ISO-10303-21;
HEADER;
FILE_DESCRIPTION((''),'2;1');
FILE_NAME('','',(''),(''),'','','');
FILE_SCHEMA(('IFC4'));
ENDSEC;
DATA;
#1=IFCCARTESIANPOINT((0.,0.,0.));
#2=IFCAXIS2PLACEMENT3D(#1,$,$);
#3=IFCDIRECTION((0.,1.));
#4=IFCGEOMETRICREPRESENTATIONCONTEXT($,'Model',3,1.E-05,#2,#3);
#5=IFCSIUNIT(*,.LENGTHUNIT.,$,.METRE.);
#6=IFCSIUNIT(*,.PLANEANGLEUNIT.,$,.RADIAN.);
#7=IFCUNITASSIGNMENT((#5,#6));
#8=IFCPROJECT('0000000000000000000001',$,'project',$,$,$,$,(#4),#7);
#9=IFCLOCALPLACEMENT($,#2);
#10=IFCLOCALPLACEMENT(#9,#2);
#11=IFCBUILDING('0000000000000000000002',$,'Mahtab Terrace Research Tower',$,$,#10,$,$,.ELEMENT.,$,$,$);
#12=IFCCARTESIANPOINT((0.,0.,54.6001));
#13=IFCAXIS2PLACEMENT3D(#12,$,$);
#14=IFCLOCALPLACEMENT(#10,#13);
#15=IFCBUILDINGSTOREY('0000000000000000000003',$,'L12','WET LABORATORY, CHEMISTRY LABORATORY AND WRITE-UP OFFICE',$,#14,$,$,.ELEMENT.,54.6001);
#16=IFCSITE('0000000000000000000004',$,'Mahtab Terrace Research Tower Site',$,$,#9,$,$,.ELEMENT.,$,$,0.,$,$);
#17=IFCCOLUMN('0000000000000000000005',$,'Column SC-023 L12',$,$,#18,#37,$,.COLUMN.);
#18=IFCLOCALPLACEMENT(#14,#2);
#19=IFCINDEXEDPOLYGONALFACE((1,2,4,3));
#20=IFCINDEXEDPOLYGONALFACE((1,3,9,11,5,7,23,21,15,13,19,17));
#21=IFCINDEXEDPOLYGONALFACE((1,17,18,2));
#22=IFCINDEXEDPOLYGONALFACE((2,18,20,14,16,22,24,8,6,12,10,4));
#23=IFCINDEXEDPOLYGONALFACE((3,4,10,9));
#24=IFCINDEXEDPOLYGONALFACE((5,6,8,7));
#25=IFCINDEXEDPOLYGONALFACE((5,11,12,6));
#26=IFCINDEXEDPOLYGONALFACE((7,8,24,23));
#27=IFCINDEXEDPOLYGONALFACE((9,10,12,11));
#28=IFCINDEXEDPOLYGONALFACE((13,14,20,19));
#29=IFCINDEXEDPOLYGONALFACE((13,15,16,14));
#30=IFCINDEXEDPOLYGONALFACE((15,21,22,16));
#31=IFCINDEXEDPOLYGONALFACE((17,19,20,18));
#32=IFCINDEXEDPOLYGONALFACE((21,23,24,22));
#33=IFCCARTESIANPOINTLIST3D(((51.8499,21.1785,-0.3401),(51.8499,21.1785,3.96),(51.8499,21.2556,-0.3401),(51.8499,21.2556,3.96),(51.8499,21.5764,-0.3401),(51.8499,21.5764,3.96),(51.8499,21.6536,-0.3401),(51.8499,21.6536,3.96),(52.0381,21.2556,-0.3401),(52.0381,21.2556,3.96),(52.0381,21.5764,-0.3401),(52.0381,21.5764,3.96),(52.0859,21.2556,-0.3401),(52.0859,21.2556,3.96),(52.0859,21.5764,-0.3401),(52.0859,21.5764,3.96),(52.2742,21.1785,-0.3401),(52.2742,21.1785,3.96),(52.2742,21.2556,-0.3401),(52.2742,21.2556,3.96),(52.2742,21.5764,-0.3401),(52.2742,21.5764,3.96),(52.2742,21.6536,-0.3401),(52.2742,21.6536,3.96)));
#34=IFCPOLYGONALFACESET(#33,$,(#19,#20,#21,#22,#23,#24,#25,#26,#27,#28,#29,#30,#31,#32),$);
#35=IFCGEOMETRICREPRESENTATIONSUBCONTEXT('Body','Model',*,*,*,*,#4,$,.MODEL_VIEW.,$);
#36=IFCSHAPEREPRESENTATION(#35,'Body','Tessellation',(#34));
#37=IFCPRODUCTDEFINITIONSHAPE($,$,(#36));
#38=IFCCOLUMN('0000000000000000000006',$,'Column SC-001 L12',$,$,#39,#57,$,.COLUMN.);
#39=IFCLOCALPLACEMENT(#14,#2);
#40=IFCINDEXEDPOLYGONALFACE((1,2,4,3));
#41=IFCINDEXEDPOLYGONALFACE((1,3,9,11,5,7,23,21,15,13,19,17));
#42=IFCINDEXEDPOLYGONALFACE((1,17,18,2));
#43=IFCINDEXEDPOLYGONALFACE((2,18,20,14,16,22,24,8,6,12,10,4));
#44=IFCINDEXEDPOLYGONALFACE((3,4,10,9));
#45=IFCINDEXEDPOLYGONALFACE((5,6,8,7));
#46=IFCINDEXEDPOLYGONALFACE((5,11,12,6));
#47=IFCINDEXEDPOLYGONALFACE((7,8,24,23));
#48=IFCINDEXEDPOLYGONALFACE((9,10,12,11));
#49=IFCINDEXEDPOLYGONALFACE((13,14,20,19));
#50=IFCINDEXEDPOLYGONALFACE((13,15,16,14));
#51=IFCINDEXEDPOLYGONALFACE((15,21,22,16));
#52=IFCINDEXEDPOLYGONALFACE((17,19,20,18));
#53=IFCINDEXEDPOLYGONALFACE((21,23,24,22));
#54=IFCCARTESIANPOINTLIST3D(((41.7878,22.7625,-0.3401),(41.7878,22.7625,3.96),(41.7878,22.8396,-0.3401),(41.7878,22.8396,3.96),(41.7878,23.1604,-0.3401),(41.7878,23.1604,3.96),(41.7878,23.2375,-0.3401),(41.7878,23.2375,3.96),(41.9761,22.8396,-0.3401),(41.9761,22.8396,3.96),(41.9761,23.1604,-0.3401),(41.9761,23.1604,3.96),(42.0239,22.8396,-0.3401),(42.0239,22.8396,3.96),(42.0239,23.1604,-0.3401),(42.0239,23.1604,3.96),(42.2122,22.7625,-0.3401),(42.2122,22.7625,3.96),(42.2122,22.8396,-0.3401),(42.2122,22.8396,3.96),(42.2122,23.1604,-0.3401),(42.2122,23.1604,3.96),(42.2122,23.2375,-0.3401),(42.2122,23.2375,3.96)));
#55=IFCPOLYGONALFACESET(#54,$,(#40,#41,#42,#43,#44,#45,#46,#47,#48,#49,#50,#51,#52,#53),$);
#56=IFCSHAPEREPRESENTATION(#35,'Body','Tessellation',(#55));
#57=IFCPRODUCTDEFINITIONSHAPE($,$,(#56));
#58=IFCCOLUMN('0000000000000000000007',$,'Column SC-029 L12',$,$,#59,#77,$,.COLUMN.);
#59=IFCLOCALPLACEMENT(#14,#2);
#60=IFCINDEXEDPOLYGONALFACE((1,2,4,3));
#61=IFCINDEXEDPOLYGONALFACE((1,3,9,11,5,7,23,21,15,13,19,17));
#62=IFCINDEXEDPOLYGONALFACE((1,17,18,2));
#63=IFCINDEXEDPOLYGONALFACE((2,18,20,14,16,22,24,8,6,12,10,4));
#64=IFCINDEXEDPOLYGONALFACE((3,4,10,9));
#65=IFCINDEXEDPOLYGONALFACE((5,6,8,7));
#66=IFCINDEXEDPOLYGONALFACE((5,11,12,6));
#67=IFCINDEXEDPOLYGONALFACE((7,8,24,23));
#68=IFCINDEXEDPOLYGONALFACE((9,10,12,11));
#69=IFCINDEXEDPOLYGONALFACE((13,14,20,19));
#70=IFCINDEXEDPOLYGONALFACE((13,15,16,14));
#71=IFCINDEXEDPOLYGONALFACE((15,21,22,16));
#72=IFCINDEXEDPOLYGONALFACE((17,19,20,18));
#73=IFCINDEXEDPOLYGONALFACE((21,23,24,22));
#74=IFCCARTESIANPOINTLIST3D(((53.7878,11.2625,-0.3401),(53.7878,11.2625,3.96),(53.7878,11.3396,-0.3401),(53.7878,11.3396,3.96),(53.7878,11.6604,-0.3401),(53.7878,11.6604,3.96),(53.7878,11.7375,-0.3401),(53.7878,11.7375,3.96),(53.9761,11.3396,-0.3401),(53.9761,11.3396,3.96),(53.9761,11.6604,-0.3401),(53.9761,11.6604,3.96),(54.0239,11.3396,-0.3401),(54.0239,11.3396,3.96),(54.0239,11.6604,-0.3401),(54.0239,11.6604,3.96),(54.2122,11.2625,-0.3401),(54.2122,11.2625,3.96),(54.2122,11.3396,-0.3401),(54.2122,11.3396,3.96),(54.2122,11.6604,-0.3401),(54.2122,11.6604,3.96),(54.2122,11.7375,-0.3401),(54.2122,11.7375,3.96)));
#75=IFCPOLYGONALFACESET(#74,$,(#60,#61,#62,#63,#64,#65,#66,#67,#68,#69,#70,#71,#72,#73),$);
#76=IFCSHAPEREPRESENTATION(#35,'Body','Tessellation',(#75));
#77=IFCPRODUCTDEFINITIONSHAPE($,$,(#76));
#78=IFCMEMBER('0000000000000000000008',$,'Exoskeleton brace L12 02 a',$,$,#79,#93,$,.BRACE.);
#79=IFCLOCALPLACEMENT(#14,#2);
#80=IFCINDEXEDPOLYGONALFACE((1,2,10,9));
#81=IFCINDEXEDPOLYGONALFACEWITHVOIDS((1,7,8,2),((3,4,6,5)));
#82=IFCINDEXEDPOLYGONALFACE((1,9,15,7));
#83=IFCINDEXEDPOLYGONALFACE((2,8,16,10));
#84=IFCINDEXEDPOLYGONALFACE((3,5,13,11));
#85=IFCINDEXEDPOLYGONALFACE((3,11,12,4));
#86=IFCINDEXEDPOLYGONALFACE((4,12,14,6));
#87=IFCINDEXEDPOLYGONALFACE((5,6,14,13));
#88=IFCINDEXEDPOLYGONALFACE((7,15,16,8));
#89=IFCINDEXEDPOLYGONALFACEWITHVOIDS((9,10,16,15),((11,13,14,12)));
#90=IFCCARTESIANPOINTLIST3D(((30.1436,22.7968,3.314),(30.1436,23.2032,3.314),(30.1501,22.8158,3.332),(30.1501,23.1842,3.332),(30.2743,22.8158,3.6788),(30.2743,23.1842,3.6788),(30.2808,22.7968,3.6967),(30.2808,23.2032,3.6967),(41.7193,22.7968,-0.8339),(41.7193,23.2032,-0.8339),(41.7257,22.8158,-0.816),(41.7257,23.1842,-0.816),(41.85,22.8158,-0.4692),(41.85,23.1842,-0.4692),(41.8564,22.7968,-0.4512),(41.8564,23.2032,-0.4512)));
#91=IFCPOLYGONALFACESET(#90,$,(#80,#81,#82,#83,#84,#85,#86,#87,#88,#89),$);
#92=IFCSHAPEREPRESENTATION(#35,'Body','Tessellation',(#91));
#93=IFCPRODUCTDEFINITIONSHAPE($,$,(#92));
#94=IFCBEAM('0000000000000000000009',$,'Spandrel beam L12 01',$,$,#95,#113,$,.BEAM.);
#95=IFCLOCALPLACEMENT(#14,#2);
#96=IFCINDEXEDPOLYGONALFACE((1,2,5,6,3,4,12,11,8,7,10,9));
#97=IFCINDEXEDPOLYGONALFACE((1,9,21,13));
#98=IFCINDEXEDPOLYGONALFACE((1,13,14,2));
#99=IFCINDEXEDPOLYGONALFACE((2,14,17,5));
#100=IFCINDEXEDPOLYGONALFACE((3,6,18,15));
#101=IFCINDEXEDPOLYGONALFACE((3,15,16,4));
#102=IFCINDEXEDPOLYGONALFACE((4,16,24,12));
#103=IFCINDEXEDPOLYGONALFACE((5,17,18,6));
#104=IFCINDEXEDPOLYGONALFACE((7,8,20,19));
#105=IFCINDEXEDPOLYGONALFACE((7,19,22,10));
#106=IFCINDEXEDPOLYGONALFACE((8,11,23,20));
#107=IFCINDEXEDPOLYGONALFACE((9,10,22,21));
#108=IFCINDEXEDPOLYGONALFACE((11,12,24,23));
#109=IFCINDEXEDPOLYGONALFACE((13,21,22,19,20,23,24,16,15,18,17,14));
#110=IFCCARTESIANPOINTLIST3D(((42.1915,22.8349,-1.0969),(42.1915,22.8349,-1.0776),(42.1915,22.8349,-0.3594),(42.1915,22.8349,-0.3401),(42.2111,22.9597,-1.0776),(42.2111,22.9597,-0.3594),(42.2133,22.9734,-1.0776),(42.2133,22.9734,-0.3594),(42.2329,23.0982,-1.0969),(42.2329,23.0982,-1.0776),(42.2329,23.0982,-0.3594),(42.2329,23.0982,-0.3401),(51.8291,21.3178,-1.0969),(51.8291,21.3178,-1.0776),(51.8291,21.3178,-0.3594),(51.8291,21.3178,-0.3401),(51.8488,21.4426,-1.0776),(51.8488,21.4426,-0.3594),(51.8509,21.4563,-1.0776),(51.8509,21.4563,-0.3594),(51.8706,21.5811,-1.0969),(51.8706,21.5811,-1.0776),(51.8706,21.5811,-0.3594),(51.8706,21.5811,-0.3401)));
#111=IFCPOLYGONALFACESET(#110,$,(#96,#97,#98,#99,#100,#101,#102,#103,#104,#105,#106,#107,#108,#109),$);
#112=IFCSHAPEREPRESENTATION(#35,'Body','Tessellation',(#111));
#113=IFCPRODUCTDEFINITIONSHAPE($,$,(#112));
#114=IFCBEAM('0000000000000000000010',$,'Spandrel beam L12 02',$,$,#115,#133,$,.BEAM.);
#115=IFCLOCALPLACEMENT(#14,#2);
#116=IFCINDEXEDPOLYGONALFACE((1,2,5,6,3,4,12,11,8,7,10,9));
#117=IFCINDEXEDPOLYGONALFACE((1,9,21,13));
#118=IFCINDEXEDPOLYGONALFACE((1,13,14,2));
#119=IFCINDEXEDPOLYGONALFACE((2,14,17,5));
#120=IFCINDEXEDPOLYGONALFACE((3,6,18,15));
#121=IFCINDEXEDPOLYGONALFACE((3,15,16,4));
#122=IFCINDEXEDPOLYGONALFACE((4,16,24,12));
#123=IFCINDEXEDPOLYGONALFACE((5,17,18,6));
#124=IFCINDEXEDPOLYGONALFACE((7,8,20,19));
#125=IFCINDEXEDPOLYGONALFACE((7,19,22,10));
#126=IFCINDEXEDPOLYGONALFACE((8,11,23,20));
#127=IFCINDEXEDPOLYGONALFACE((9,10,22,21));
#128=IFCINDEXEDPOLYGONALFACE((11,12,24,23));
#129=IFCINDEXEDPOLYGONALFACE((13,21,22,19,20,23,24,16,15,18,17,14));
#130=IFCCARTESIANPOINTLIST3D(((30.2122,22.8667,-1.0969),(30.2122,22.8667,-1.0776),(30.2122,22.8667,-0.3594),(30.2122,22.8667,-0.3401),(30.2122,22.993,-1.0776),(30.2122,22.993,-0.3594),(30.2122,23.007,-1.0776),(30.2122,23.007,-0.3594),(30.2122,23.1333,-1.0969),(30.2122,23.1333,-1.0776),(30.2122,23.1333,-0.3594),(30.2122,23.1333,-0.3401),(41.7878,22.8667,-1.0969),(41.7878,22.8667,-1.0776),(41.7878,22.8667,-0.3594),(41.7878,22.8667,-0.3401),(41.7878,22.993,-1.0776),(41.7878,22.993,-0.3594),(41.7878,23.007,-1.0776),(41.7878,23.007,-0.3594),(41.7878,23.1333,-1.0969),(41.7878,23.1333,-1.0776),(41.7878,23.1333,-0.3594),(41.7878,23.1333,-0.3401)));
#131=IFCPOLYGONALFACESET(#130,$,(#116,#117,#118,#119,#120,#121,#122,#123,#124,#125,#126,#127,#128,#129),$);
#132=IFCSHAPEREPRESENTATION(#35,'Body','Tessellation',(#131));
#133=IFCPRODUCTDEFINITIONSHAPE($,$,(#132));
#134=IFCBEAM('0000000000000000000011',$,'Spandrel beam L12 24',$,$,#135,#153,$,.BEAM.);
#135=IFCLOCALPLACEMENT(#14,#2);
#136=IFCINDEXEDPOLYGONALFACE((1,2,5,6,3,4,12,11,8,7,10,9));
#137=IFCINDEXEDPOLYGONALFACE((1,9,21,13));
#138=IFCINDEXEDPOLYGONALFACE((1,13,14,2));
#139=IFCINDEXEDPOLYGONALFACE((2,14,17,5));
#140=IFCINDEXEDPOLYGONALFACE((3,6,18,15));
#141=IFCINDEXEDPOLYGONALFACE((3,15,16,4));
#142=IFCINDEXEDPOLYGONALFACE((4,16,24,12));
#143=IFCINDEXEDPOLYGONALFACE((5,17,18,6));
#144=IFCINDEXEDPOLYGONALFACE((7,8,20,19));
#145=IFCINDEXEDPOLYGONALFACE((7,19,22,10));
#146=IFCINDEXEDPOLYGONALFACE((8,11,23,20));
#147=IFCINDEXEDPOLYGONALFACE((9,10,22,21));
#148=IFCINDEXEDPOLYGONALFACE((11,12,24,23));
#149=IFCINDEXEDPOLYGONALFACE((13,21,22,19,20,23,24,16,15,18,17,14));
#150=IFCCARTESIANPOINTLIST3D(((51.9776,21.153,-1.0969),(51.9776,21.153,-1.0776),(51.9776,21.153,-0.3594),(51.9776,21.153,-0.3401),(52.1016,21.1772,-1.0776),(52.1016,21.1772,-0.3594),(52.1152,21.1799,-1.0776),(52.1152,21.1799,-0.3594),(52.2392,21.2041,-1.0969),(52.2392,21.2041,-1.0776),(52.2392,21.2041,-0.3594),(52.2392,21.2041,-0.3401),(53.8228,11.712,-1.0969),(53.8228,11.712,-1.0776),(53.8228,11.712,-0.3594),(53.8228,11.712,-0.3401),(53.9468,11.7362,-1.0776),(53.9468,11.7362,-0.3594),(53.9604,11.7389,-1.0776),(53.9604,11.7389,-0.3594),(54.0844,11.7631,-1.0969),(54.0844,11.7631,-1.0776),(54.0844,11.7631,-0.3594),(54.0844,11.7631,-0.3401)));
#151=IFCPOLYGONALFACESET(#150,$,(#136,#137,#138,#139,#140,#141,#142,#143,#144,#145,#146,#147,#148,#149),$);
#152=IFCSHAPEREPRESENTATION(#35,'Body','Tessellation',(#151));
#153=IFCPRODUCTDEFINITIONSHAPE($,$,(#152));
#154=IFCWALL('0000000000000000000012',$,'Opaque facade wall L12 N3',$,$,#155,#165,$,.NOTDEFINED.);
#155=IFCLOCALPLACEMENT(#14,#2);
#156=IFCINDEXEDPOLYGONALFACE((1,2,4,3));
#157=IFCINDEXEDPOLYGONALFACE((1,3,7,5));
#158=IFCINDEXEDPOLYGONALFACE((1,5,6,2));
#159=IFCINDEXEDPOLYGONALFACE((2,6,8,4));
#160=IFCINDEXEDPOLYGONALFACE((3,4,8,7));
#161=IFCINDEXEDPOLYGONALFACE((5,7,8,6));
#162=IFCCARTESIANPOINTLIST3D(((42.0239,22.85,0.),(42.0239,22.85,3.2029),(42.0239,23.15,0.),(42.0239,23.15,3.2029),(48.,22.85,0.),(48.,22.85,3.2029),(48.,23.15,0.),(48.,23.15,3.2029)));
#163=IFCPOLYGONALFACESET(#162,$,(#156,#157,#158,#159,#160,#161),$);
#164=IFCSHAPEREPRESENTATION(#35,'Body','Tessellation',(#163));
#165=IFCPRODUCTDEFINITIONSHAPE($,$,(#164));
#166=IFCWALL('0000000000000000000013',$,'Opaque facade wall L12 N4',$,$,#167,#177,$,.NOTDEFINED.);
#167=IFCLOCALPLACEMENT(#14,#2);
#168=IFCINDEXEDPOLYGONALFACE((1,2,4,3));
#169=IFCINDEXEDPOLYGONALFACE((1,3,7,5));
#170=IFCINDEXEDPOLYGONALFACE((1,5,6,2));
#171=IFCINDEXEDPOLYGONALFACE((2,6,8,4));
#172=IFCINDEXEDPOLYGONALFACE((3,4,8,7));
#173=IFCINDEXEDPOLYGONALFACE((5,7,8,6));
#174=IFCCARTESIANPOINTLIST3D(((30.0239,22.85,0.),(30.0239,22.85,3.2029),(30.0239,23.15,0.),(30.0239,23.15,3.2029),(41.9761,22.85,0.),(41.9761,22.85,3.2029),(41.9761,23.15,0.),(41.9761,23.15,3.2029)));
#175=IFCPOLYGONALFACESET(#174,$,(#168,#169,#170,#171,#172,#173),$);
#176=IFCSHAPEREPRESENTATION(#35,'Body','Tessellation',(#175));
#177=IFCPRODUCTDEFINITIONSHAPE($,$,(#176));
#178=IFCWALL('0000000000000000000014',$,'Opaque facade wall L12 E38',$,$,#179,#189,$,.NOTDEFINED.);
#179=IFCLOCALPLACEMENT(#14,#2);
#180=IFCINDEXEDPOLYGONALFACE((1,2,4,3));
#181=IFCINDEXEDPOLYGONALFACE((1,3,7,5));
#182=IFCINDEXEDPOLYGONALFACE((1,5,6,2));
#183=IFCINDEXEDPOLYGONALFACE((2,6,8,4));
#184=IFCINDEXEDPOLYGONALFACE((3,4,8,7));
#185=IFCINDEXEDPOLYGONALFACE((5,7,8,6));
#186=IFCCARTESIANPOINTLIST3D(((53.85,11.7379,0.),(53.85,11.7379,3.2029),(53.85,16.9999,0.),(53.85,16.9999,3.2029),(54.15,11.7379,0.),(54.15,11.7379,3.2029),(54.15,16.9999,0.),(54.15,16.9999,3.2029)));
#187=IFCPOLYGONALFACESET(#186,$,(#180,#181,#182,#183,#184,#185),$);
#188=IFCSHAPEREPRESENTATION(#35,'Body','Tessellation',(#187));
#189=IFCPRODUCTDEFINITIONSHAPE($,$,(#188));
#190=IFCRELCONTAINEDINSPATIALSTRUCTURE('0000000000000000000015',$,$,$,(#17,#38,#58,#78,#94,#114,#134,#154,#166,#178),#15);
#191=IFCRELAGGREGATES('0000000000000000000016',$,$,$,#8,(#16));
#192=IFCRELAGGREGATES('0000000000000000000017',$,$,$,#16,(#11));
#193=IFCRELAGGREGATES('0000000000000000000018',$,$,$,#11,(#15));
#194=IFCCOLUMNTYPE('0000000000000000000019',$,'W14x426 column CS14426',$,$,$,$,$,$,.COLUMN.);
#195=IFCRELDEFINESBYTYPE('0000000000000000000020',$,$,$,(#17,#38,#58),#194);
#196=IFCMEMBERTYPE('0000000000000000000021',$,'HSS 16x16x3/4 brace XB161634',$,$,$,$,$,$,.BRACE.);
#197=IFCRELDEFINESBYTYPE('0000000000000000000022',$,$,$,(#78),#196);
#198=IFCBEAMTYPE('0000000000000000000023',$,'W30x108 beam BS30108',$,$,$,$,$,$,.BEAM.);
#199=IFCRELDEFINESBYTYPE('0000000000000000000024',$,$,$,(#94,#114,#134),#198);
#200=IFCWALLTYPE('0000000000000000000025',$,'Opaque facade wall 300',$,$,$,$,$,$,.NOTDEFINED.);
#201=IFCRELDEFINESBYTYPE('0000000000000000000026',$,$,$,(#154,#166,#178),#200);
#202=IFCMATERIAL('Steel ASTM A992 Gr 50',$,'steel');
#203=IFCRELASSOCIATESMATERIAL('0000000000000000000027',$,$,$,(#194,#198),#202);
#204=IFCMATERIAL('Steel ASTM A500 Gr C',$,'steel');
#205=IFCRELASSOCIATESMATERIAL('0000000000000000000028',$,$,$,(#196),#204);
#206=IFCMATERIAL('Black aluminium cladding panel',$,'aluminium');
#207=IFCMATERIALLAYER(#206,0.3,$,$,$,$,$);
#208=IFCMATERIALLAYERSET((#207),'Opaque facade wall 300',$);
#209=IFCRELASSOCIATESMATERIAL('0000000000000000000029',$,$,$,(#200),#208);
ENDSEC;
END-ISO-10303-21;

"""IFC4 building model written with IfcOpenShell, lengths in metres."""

from ifc_helpers import new_model, si_unit, direction, frame, frame_2d, origin, origin_2d, place, context, subcontext, project, spatial, rectangle, hollow_rectangle, i_section, extrude, material, layer, layer_set, material_profile, profile_set, type_object, element, save


model = new_model("IFC4")

# Units and contexts
model_context = context("Model", 3, precision=1e-05, world=origin(), true_north=direction((0.0, 1.0)))
body_context = subcontext(model_context, "Body", "Model", "MODEL_VIEW")
ifc_project = project(units=[si_unit("LENGTHUNIT", "METRE"), si_unit("PLANEANGLEUNIT", "RADIAN")], contexts=[model_context])

# Site, building, storey
site_placement = place(None, origin())
site = spatial("IfcSite", under=ifc_project, at=site_placement, Name="Mahtab Terrace Research Tower Site", CompositionType="ELEMENT", RefElevation=0.0)
building_placement = place(site_placement, origin())
building = spatial("IfcBuilding", under=site, at=building_placement, Name="Mahtab Terrace Research Tower", CompositionType="ELEMENT")
storey_placement = place(building_placement, frame((0.0, 0.0, 54.6001)))
storey = spatial("IfcBuildingStorey", under=building, at=storey_placement, Name="L12", Description="WET LABORATORY, CHEMISTRY LABORATORY AND WRITE-UP OFFICE", CompositionType="ELEMENT", Elevation=54.6001)

# Columns
ifc_material_1 = material(Name="Steel ASTM A992 Gr 50", Category="steel")
ifc_material_profile_1 = material_profile(ifc_material_1, i_section(OverallWidth=0.4243, OverallDepth=0.4751, WebThickness=0.0479, FlangeThickness=0.0771, at=origin_2d()), Name="W14X426")
ifc_profile_set_1 = profile_set([ifc_material_profile_1], Name="Steel ASTM A992 Gr 50")
column_type = type_object("IfcColumnType", Name="W14x426 column CS14426", PredefinedType="COLUMN", material=ifc_profile_set_1)
for number, where, z_axis, x_axis, name in (
    (1, (52.062, 21.416, -0.3401), (0.0, 0.0, 1.0), (1.0, 0.0, 0.0), "Column SC-023 L12"),
    (2, (42.0, 23.0, -0.3401), (0.0, 0.0, 1.0), (1.0, 0.0, 0.0), "Column SC-001 L12"),
    (3, (54.0, 11.5, -0.3401), (0.0, 0.0, 1.0), (1.0, 0.0, 0.0), "Column SC-029 L12"),
):
    element("IfcColumn", number, at=place(storey_placement, frame(where, z_axis=z_axis, x_axis=x_axis)), inside=storey, type_object=column_type, Name=name, PredefinedType="COLUMN", context=body_context, shape_type="SweptSolid", body=[
        extrude(i_section(OverallWidth=0.4243, OverallDepth=0.4751, WebThickness=0.0479, FlangeThickness=0.0771, at=origin_2d()), origin(), (0.0, 0.0, 1.0), 4.3),
    ])

# Member
ifc_material_2 = material(Name="Steel ASTM A500 Gr C", Category="steel")
ifc_material_profile_2 = material_profile(ifc_material_2, hollow_rectangle(XDim=0.4065, YDim=0.4065, WallThickness=0.019, at=origin_2d()), Name="HSS16X16X3/4")
ifc_profile_set_2 = profile_set([ifc_material_profile_2], Name="Steel ASTM A500 Gr C")
member_type = type_object("IfcMemberType", Name="HSS 16x16x3/4 brace XB161634", PredefinedType="BRACE", material=ifc_profile_set_2)
member_placement = place(storey_placement, frame((41.7878, 23.0, -0.6426), z_axis=(-0.941387, 0.0, 0.33733), x_axis=(0.0, -1.0, 0.0)))
element("IfcMember", 4, at=member_placement, inside=storey, type_object=member_type, Name="Exoskeleton brace L12 02 a", PredefinedType="BRACE", context=body_context, shape_type="SweptSolid", body=[
    extrude(hollow_rectangle(XDim=0.4065, YDim=0.4065, WallThickness=0.019, at=origin_2d()), origin(), (0.0, 0.0, 1.0), 12.2964),
])

# Beams
ifc_material_profile_3 = material_profile(ifc_material_1, i_section(OverallWidth=0.2666, OverallDepth=0.7568, WebThickness=0.0139, FlangeThickness=0.0193, at=origin_2d()), Name="W30X108")
ifc_profile_set_3 = profile_set([ifc_material_profile_3], Name="Steel ASTM A992 Gr 50")
beam_type = type_object("IfcBeamType", Name="W30x108 beam BS30108", PredefinedType="BEAM", material=ifc_profile_set_3)
beam_1_placement = place(storey_placement, frame((51.8499, 21.4495, -0.7185), z_axis=(-0.987836, 0.155497, 0.0), x_axis=(-0.155497, -0.987836, 0.0)))
element("IfcBeam", 5, at=beam_1_placement, inside=storey, type_object=beam_type, Name="Spandrel beam L12 01", PredefinedType="BEAM", context=body_context, shape_type="SweptSolid", body=[
    extrude(i_section(OverallWidth=0.2666, OverallDepth=0.7568, WebThickness=0.0139, FlangeThickness=0.0193, at=origin_2d()), origin(), (0.0, 0.0, 1.0), 9.7563),
])
beam_2_placement = place(storey_placement, frame((41.7878, 23.0, -0.7185), z_axis=(-1.0, 0.0, 0.0), x_axis=(0.0, -1.0, 0.0)))
element("IfcBeam", 6, at=beam_2_placement, inside=storey, type_object=beam_type, Name="Spandrel beam L12 02", PredefinedType="BEAM", context=body_context, shape_type="SweptSolid", body=[
    extrude(i_section(OverallWidth=0.2666, OverallDepth=0.7568, WebThickness=0.0139, FlangeThickness=0.0193, at=origin_2d()), origin(), (0.0, 0.0, 1.0), 11.5757),
])
beam_3_placement = place(storey_placement, frame((53.9536, 11.7375, -0.7185), z_axis=(-0.191819, 0.98143, 0.0), x_axis=(-0.98143, -0.191819, 0.0)))
element("IfcBeam", 7, at=beam_3_placement, inside=storey, type_object=beam_type, Name="Spandrel beam L12 24", PredefinedType="BEAM", context=body_context, shape_type="SweptSolid", body=[
    extrude(i_section(OverallWidth=0.2666, OverallDepth=0.7568, WebThickness=0.0139, FlangeThickness=0.0193, at=origin_2d()), origin(), (0.0, 0.0, 1.0), 9.6196),
])

# Walls
ifc_material_3 = material(Name="Black aluminium cladding panel", Category="aluminium")
ifc_layer_1 = layer(ifc_material_3, 0.3)
ifc_layer_set_1 = layer_set([ifc_layer_1], Name="Opaque facade wall 300")
wall_type_1 = type_object("IfcWallType", Name="Opaque facade wall 300", PredefinedType="NOTDEFINED", material=ifc_layer_set_1)
wall_1_placement = place(storey_placement, frame((48.0, 23.0, 0.0), z_axis=(0.0, 0.0, 1.0), x_axis=(-1.0, 0.0, 0.0)))
element("IfcWall", 8, at=wall_1_placement, inside=storey, type_object=wall_type_1, Name="Opaque facade wall L12 N3", PredefinedType="NOTDEFINED", context=body_context, shape_type="SweptSolid", body=[
    extrude(rectangle(XDim=5.9761, YDim=0.3, at=frame_2d((2.988, 0.0))), origin(), (0.0, 0.0, 1.0), 3.2029),
])
wall_2_placement = place(storey_placement, frame((41.9761, 23.0, 0.0), z_axis=(0.0, 0.0, 1.0), x_axis=(-1.0, 0.0, 0.0)))
element("IfcWall", 9, at=wall_2_placement, inside=storey, type_object=wall_type_1, Name="Opaque facade wall L12 N4", PredefinedType="NOTDEFINED", context=body_context, shape_type="SweptSolid", body=[
    extrude(rectangle(XDim=11.9521, YDim=0.3, at=frame_2d((5.9761, 0.0))), origin(), (0.0, 0.0, 1.0), 3.2029),
])
wall_3_placement = place(storey_placement, frame((54.0, 11.738, 0.0), z_axis=(0.0, 0.0, 1.0), x_axis=(0.0, 1.0, 0.0)))
element("IfcWall", 10, at=wall_3_placement, inside=storey, type_object=wall_type_1, Name="Opaque facade wall L12 E38", PredefinedType="NOTDEFINED", context=body_context, shape_type="SweptSolid", body=[
    extrude(rectangle(XDim=5.262, YDim=0.3, at=frame_2d((2.6309, 0.0))), origin(), (0.0, 0.0, 1.0), 3.2029),
])

save(model, "model.ifc")
